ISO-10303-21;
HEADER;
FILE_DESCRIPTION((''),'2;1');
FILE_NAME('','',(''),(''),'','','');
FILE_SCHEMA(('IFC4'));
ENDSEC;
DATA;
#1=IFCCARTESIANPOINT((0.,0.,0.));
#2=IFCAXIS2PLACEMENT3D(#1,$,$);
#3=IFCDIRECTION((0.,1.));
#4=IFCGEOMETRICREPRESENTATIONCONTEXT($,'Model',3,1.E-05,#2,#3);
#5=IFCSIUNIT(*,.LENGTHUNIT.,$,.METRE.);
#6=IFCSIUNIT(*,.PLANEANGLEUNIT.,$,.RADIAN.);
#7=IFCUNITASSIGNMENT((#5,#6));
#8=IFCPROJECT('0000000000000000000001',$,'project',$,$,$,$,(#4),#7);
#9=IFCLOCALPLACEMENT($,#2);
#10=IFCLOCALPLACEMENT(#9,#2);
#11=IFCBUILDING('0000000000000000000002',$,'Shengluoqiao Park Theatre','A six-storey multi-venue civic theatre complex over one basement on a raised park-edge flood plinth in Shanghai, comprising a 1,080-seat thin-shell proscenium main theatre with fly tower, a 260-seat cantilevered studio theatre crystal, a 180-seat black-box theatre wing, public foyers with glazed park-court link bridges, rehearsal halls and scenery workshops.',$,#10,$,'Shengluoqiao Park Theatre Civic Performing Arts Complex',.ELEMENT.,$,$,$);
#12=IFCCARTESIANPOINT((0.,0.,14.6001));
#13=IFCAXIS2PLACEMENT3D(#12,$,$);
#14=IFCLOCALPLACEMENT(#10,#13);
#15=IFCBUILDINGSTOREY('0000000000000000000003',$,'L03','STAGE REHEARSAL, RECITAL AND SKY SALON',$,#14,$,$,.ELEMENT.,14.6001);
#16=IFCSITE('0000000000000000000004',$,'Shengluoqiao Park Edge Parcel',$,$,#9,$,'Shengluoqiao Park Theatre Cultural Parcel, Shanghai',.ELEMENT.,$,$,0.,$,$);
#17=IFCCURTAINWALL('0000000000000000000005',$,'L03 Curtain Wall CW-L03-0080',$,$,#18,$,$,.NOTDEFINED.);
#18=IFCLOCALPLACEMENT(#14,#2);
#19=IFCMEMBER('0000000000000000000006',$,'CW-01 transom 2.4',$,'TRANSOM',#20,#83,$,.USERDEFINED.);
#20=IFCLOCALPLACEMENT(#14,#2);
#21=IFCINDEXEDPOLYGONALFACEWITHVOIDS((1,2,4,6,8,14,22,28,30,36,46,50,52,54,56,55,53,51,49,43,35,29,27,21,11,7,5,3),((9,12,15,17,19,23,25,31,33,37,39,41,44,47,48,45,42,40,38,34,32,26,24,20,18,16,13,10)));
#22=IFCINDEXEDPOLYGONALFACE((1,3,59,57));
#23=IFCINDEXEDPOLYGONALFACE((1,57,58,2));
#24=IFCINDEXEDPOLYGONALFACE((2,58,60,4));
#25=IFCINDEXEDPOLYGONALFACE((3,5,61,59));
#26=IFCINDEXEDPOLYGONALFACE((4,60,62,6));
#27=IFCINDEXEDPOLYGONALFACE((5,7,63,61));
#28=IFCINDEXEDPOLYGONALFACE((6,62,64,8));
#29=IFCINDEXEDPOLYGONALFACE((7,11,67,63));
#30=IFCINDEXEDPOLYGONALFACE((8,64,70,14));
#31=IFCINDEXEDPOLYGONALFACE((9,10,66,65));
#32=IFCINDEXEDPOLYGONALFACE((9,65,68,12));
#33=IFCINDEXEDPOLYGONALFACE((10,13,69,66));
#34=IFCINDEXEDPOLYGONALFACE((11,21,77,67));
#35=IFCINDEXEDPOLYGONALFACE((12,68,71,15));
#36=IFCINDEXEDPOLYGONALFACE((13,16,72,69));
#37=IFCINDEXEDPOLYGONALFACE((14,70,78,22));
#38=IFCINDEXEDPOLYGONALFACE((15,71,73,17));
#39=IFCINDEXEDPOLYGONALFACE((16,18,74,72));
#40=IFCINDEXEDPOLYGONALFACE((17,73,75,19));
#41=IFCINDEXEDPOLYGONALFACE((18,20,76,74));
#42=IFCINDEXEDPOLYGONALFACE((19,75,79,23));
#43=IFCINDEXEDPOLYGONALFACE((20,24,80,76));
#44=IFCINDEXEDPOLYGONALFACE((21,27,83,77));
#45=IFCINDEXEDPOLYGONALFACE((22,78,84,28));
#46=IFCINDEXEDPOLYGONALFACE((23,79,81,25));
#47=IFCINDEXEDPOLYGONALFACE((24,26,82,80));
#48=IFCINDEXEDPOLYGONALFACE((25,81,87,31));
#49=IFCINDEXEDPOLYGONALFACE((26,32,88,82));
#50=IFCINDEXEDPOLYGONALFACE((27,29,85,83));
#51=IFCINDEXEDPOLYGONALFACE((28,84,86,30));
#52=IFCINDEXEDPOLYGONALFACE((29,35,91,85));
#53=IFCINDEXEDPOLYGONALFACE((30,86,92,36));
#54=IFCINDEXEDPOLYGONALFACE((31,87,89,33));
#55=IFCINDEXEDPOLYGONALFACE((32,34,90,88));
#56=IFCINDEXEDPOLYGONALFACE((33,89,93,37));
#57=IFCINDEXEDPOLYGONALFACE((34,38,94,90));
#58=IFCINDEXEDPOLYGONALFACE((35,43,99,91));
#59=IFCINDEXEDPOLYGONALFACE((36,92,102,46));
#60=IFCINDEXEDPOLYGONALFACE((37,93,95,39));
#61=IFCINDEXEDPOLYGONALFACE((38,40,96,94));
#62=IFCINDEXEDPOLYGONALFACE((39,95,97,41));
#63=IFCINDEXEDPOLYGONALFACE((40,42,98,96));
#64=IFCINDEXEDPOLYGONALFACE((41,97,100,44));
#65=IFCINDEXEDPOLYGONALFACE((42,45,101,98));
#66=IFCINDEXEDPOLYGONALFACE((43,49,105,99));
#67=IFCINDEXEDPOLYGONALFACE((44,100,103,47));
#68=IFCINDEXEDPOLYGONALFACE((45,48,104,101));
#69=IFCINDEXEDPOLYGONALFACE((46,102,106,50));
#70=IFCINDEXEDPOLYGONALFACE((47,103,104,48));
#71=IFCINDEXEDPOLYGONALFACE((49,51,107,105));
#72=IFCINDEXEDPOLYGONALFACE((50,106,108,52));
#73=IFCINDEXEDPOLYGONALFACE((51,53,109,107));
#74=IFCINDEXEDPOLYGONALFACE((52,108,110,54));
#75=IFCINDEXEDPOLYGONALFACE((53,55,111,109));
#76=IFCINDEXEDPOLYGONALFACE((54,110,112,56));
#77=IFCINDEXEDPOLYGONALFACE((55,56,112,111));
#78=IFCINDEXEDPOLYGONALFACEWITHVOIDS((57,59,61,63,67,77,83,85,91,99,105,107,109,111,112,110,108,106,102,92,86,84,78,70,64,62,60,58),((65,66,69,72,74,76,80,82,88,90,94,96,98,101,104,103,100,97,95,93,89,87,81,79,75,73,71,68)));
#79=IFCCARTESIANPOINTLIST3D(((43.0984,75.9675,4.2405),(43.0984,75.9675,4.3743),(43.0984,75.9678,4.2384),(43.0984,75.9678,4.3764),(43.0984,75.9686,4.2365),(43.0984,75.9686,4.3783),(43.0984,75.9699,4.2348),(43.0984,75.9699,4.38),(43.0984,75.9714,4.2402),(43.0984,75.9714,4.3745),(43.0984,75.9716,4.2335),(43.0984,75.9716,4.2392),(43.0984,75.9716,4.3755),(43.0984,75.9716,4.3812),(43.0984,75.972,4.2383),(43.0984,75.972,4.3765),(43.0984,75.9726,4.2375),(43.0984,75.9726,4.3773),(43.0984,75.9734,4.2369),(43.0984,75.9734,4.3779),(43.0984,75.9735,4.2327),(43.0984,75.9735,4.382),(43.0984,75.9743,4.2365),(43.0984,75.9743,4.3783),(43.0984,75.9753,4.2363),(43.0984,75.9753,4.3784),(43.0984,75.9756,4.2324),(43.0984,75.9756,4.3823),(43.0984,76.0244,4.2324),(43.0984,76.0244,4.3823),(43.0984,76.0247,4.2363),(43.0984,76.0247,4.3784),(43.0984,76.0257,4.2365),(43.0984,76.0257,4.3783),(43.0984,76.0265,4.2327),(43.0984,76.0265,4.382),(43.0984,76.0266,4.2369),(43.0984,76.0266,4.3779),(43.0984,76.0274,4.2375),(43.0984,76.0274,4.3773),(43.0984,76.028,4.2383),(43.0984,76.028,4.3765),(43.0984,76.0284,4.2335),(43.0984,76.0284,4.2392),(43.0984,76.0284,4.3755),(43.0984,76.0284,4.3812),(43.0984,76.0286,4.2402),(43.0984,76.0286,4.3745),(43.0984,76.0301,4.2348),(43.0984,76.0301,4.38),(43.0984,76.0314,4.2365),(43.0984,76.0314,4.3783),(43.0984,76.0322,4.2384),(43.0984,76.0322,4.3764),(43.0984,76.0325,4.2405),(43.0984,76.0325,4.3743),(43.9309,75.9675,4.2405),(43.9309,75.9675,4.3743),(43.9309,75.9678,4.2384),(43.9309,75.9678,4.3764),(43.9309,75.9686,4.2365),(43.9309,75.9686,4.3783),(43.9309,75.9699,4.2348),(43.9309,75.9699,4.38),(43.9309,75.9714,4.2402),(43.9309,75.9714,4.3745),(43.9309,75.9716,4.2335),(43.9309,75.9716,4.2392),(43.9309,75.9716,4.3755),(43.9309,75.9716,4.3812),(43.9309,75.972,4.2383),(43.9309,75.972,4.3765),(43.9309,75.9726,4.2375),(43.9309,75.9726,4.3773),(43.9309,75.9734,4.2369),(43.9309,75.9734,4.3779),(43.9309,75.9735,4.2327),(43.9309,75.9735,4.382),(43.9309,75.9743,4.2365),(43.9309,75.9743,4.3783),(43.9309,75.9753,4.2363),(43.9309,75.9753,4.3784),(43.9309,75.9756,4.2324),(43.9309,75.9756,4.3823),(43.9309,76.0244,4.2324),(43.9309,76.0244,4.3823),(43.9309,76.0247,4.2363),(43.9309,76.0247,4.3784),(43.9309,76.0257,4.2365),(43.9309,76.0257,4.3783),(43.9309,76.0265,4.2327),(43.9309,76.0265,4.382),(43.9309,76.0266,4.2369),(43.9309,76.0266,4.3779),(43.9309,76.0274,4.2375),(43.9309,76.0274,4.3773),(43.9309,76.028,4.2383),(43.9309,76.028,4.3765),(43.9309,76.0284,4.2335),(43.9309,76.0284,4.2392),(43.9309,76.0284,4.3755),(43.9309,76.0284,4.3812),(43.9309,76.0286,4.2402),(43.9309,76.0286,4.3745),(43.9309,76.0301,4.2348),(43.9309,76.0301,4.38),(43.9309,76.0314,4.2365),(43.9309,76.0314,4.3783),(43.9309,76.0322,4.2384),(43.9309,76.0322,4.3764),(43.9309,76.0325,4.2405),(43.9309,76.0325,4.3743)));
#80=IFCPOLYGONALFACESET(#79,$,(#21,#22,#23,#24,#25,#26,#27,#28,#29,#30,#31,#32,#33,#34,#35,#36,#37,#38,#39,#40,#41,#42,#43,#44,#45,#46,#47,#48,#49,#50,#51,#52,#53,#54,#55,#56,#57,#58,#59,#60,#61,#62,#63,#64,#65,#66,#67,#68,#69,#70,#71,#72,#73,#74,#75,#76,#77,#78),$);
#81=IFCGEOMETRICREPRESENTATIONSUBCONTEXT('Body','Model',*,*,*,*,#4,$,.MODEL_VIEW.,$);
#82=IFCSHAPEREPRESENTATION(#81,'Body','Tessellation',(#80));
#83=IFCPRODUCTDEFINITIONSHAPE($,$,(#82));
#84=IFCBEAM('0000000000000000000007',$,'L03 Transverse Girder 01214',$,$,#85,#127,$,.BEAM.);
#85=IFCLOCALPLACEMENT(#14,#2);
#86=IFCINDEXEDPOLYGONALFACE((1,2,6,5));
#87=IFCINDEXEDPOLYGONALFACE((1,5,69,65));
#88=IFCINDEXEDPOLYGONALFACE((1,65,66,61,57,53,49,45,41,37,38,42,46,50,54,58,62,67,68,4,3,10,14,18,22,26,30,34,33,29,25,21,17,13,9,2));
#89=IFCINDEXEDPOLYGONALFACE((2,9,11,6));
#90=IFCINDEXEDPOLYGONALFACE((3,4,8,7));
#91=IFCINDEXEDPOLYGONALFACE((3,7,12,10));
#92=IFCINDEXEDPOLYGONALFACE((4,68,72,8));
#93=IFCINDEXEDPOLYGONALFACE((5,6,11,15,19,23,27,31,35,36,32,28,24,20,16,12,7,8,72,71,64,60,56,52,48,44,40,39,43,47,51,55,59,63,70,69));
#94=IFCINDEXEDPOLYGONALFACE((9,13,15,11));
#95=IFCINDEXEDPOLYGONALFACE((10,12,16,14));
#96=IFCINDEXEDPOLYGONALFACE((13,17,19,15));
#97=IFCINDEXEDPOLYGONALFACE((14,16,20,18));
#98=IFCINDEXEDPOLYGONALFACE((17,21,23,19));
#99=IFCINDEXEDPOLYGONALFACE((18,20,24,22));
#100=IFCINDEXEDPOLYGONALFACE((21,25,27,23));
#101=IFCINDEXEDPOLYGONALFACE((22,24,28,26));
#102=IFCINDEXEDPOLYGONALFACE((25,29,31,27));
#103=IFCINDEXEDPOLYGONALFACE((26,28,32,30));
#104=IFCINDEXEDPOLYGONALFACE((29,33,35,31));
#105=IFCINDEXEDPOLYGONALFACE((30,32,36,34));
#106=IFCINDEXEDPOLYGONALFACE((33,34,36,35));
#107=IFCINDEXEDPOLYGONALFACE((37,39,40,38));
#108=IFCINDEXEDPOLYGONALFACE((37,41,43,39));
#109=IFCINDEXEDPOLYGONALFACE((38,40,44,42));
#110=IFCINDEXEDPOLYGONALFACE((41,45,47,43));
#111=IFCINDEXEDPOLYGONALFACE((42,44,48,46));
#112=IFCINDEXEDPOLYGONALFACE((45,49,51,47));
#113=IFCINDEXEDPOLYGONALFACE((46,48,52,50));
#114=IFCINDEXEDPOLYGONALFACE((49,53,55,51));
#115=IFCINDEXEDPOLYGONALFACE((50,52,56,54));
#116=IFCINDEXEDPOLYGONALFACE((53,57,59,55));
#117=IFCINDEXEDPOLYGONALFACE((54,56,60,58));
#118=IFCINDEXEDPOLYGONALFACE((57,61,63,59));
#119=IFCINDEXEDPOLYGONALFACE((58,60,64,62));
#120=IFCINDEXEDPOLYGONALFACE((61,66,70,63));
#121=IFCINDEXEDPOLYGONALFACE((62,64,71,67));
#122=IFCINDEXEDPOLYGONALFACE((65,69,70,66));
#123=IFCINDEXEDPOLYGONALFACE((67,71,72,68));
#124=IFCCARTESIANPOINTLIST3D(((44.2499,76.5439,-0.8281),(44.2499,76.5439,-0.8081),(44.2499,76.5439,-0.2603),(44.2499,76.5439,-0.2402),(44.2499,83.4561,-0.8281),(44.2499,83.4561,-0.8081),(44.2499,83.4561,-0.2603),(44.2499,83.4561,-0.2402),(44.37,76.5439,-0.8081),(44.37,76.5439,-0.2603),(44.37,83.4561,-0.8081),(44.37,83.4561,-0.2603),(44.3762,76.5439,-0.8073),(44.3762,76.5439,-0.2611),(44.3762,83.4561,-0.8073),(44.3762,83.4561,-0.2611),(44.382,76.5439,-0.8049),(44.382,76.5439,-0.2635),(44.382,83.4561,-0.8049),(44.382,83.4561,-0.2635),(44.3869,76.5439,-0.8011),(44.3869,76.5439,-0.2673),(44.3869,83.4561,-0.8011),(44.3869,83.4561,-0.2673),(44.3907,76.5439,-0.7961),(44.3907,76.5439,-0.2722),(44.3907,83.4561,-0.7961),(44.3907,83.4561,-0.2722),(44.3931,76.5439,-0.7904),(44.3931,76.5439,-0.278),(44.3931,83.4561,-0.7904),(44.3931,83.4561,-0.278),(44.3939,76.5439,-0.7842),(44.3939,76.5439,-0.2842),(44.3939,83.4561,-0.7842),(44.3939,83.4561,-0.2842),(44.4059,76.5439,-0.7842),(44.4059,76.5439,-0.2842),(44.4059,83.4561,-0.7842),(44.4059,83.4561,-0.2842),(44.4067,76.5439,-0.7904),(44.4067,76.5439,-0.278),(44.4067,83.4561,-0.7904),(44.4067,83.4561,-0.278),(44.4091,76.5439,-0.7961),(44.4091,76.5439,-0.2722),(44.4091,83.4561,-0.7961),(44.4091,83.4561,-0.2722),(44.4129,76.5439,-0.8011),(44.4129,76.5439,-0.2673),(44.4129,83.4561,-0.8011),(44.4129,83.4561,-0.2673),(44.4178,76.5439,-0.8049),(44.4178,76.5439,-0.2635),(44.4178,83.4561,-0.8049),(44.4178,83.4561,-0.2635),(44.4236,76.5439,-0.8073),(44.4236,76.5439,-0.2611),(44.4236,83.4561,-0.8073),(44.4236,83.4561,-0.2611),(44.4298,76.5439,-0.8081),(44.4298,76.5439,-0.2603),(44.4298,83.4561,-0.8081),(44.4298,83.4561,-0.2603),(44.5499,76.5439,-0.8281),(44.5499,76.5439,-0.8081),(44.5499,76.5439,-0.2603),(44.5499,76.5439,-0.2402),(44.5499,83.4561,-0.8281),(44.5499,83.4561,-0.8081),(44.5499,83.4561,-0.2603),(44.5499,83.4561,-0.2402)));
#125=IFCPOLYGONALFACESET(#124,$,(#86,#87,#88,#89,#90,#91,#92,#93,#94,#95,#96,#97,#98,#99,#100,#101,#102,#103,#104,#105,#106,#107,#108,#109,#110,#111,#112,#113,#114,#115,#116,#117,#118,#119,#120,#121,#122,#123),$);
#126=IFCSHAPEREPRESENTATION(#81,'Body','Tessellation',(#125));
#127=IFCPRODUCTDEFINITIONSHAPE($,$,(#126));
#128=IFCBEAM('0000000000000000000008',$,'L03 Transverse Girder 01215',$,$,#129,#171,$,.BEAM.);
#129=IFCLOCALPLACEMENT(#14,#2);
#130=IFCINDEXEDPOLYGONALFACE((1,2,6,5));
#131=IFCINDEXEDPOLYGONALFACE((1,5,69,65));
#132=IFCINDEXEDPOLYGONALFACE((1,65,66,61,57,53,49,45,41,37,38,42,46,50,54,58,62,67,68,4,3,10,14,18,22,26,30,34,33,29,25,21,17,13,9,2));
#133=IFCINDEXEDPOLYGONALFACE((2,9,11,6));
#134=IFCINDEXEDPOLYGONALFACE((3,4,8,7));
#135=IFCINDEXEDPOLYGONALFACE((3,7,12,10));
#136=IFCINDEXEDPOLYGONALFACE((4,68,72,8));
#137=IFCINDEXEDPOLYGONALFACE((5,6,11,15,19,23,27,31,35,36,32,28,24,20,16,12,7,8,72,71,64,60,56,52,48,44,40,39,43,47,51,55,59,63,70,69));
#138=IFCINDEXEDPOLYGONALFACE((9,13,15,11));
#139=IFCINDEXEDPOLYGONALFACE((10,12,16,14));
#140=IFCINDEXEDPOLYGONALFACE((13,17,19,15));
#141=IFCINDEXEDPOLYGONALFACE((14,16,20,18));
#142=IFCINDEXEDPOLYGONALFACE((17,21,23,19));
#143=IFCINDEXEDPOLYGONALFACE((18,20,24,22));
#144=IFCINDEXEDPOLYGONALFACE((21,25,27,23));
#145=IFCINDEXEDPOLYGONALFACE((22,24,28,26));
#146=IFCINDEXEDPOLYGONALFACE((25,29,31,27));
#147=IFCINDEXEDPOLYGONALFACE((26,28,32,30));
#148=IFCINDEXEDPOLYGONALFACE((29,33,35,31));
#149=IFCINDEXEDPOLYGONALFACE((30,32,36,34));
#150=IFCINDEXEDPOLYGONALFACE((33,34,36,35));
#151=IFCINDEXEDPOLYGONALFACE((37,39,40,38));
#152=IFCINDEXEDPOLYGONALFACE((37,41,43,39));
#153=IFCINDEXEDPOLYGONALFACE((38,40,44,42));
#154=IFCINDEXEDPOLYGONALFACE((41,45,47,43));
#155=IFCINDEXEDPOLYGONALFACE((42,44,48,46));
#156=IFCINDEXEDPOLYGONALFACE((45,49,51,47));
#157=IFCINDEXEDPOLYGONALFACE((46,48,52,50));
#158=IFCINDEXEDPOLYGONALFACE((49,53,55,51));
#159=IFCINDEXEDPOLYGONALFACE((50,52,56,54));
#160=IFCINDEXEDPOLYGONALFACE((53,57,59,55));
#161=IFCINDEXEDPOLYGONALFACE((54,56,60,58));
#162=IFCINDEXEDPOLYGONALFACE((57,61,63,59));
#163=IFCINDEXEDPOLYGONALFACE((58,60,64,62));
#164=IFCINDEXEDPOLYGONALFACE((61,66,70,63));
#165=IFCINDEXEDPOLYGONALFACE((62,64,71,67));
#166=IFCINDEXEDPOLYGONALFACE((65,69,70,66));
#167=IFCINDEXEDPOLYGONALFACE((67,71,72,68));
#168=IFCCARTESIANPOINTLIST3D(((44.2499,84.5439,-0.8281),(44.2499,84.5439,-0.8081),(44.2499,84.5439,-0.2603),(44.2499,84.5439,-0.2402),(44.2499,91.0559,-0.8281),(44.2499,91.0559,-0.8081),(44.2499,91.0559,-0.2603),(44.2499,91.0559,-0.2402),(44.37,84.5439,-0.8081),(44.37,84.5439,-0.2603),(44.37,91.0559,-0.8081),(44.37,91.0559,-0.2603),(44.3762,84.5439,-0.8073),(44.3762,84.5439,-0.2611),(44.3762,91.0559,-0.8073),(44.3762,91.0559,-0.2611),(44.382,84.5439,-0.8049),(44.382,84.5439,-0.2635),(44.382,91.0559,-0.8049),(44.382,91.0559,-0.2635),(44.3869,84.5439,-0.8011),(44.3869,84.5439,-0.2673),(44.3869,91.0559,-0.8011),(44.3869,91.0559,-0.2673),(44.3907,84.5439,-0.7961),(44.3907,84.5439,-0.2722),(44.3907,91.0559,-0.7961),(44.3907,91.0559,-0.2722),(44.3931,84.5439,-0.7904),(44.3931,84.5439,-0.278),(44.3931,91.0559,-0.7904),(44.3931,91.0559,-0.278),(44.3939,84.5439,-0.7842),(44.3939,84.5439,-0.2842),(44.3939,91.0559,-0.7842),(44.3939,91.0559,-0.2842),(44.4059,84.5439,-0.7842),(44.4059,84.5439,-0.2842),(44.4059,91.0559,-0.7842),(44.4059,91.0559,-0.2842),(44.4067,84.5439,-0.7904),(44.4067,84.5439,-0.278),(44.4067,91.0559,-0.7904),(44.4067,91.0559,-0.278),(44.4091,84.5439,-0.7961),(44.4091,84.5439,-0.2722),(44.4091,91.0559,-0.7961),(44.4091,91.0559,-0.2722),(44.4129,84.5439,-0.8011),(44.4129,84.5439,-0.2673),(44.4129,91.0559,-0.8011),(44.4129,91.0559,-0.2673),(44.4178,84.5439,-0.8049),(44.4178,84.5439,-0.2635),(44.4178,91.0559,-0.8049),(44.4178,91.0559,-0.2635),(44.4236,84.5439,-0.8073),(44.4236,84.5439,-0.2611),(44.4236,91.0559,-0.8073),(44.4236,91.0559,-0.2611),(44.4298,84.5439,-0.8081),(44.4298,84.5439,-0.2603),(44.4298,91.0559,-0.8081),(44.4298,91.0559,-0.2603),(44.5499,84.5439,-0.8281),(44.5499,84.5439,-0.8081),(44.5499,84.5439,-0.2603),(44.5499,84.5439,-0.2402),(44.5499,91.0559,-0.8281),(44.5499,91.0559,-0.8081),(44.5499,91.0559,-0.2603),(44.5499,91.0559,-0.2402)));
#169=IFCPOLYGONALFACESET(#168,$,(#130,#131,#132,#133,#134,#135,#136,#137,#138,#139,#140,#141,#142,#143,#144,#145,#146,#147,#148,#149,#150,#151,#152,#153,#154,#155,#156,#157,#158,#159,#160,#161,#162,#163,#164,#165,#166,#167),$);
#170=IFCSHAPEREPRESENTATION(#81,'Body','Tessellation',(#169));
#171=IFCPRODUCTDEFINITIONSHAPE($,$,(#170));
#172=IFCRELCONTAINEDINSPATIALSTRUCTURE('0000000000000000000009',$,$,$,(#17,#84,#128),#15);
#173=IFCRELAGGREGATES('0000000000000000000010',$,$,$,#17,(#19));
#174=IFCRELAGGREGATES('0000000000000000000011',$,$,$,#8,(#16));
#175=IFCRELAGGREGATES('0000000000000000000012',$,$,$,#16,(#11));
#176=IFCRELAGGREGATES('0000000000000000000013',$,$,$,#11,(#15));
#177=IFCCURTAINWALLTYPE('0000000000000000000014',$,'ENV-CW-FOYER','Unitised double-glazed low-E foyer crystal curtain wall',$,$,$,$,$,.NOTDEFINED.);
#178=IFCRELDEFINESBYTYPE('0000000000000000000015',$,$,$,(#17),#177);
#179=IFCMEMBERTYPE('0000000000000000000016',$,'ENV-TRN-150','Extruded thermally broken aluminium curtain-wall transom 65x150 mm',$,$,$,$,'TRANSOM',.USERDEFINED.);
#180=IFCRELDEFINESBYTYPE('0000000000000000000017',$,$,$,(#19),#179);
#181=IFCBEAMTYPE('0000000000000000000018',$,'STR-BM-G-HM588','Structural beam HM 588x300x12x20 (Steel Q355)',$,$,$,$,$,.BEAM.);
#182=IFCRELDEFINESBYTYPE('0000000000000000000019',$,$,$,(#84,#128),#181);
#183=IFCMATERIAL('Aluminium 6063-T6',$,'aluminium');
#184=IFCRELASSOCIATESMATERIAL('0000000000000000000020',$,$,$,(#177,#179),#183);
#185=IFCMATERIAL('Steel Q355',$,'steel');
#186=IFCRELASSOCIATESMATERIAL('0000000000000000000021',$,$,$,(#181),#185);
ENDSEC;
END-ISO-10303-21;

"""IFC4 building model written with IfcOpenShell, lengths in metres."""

from ifc_helpers import new_model, si_unit, direction, frame, origin, origin_2d, place, context, subcontext, project, spatial, hollow_rectangle, i_section, extrude, material, material_profile, profile_set, type_object, element, aggregate, save


model = new_model("IFC4")

# Units and contexts
model_context = context("Model", 3, precision=1e-05, world=origin(), true_north=direction((0.0, 1.0)))
body_context = subcontext(model_context, "Body", "Model", "MODEL_VIEW")
ifc_project = project(units=[si_unit("LENGTHUNIT", "METRE"), si_unit("PLANEANGLEUNIT", "RADIAN")], contexts=[model_context])

# Site, building, storey
site_placement = place(None, origin())
site = spatial("IfcSite", under=ifc_project, at=site_placement, Name="Shengluoqiao Park Edge Parcel", LongName="Shengluoqiao Park Theatre Cultural Parcel, Shanghai", CompositionType="ELEMENT", RefElevation=0.0)
building_placement = place(site_placement, origin())
building = spatial("IfcBuilding", under=site, at=building_placement, Name="Shengluoqiao Park Theatre", Description="A six-storey multi-venue civic theatre complex over one basement on a raised park-edge flood plinth in Shanghai, comprising a 1,080-seat thin-shell proscenium main theatre with fly tower, a 260-seat cantilevered studio theatre crystal, a 180-seat black-box theatre wing, public foyers with glazed park-court link bridges, rehearsal halls and scenery workshops.", LongName="Shengluoqiao Park Theatre Civic Performing Arts Complex", CompositionType="ELEMENT")
storey_placement = place(building_placement, frame((0.0, 0.0, 14.6001)))
storey = spatial("IfcBuildingStorey", under=building, at=storey_placement, Name="L03", Description="STAGE REHEARSAL, RECITAL AND SKY SALON", CompositionType="ELEMENT", Elevation=14.6001)

# Curtain wall
ifc_material_1 = material(Name="Aluminium 6063-T6", Category="aluminium")
curtain_wall_type_1 = type_object("IfcCurtainWallType", Name="ENV-CW-FOYER", Description="Unitised double-glazed low-E foyer crystal curtain wall", PredefinedType="NOTDEFINED", material=ifc_material_1)
curtain_wall_1_placement = place(storey_placement, origin())
curtain_wall_1 = element("IfcCurtainWall", 1, at=curtain_wall_1_placement, inside=storey, type_object=curtain_wall_type_1, Name="L03 Curtain Wall CW-L03-0080", PredefinedType="NOTDEFINED")

# Member
ifc_material_profile_1 = material_profile(ifc_material_1, hollow_rectangle(XDim=0.0649, YDim=0.1499, WallThickness=0.0039, InnerFilletRadius=0.0039, OuterFilletRadius=0.0081, at=origin_2d()), Name="ALU TRANSOM 150x65x4")
ifc_profile_set_1 = profile_set([ifc_material_profile_1], Name="Aluminium 6063-T6")
member_type_1 = type_object("IfcMemberType", Name="ENV-TRN-150", Description="Extruded thermally broken aluminium curtain-wall transom 65x150 mm", ElementType="TRANSOM", PredefinedType="USERDEFINED", material=ifc_profile_set_1)
member_1_placement = place(storey_placement, frame((43.0984, 76.0, 4.3074), z_axis=(1.0, 0.0, 0.0), x_axis=(0.0, 1.0, 0.0)))
member_1 = element("IfcMember", 2, at=member_1_placement, type_object=member_type_1, Name="CW-01 transom 2.4", ObjectType="TRANSOM", PredefinedType="USERDEFINED", context=body_context, shape_type="SweptSolid", body=[
    extrude(hollow_rectangle(XDim=0.0649, YDim=0.1499, WallThickness=0.0039, InnerFilletRadius=0.0039, OuterFilletRadius=0.0081, at=origin_2d()), origin(), (0.0, 0.0, 1.0), 0.8325),
])

# Beams
ifc_material_2 = material(Name="Steel Q355", Category="steel")
ifc_material_profile_2 = material_profile(ifc_material_2, i_section(OverallWidth=0.3, OverallDepth=0.5879, WebThickness=0.012, FlangeThickness=0.02, FilletRadius=0.0239, at=origin_2d()), Name="HM 588x300x12x20")
ifc_profile_set_2 = profile_set([ifc_material_profile_2], Name="Steel Q355")
beam_type_1 = type_object("IfcBeamType", Name="STR-BM-G-HM588", Description="Structural beam HM 588x300x12x20 (Steel Q355)", PredefinedType="BEAM", material=ifc_profile_set_2)
beam_1_placement = place(storey_placement, frame((44.3999, 76.5439, -0.5342), z_axis=(0.0, 1.0, 0.0), x_axis=(-1.0, 0.0, 0.0)))
element("IfcBeam", 3, at=beam_1_placement, inside=storey, type_object=beam_type_1, Name="L03 Transverse Girder 01214", PredefinedType="BEAM", context=body_context, shape_type="SweptSolid", body=[
    extrude(i_section(OverallWidth=0.3, OverallDepth=0.5879, WebThickness=0.012, FlangeThickness=0.02, FilletRadius=0.0239, at=origin_2d()), origin(), (0.0, 0.0, 1.0), 6.9121),
])
beam_2_placement = place(storey_placement, frame((44.3999, 84.5439, -0.5342), z_axis=(0.0, 1.0, 0.0), x_axis=(-1.0, 0.0, 0.0)))
element("IfcBeam", 4, at=beam_2_placement, inside=storey, type_object=beam_type_1, Name="L03 Transverse Girder 01215", PredefinedType="BEAM", context=body_context, shape_type="SweptSolid", body=[
    extrude(i_section(OverallWidth=0.3, OverallDepth=0.5879, WebThickness=0.012, FlangeThickness=0.02, FilletRadius=0.0239, at=origin_2d()), origin(), (0.0, 0.0, 1.0), 6.512),
])

aggregate(curtain_wall_1, [member_1])

save(model, "model.ifc")
